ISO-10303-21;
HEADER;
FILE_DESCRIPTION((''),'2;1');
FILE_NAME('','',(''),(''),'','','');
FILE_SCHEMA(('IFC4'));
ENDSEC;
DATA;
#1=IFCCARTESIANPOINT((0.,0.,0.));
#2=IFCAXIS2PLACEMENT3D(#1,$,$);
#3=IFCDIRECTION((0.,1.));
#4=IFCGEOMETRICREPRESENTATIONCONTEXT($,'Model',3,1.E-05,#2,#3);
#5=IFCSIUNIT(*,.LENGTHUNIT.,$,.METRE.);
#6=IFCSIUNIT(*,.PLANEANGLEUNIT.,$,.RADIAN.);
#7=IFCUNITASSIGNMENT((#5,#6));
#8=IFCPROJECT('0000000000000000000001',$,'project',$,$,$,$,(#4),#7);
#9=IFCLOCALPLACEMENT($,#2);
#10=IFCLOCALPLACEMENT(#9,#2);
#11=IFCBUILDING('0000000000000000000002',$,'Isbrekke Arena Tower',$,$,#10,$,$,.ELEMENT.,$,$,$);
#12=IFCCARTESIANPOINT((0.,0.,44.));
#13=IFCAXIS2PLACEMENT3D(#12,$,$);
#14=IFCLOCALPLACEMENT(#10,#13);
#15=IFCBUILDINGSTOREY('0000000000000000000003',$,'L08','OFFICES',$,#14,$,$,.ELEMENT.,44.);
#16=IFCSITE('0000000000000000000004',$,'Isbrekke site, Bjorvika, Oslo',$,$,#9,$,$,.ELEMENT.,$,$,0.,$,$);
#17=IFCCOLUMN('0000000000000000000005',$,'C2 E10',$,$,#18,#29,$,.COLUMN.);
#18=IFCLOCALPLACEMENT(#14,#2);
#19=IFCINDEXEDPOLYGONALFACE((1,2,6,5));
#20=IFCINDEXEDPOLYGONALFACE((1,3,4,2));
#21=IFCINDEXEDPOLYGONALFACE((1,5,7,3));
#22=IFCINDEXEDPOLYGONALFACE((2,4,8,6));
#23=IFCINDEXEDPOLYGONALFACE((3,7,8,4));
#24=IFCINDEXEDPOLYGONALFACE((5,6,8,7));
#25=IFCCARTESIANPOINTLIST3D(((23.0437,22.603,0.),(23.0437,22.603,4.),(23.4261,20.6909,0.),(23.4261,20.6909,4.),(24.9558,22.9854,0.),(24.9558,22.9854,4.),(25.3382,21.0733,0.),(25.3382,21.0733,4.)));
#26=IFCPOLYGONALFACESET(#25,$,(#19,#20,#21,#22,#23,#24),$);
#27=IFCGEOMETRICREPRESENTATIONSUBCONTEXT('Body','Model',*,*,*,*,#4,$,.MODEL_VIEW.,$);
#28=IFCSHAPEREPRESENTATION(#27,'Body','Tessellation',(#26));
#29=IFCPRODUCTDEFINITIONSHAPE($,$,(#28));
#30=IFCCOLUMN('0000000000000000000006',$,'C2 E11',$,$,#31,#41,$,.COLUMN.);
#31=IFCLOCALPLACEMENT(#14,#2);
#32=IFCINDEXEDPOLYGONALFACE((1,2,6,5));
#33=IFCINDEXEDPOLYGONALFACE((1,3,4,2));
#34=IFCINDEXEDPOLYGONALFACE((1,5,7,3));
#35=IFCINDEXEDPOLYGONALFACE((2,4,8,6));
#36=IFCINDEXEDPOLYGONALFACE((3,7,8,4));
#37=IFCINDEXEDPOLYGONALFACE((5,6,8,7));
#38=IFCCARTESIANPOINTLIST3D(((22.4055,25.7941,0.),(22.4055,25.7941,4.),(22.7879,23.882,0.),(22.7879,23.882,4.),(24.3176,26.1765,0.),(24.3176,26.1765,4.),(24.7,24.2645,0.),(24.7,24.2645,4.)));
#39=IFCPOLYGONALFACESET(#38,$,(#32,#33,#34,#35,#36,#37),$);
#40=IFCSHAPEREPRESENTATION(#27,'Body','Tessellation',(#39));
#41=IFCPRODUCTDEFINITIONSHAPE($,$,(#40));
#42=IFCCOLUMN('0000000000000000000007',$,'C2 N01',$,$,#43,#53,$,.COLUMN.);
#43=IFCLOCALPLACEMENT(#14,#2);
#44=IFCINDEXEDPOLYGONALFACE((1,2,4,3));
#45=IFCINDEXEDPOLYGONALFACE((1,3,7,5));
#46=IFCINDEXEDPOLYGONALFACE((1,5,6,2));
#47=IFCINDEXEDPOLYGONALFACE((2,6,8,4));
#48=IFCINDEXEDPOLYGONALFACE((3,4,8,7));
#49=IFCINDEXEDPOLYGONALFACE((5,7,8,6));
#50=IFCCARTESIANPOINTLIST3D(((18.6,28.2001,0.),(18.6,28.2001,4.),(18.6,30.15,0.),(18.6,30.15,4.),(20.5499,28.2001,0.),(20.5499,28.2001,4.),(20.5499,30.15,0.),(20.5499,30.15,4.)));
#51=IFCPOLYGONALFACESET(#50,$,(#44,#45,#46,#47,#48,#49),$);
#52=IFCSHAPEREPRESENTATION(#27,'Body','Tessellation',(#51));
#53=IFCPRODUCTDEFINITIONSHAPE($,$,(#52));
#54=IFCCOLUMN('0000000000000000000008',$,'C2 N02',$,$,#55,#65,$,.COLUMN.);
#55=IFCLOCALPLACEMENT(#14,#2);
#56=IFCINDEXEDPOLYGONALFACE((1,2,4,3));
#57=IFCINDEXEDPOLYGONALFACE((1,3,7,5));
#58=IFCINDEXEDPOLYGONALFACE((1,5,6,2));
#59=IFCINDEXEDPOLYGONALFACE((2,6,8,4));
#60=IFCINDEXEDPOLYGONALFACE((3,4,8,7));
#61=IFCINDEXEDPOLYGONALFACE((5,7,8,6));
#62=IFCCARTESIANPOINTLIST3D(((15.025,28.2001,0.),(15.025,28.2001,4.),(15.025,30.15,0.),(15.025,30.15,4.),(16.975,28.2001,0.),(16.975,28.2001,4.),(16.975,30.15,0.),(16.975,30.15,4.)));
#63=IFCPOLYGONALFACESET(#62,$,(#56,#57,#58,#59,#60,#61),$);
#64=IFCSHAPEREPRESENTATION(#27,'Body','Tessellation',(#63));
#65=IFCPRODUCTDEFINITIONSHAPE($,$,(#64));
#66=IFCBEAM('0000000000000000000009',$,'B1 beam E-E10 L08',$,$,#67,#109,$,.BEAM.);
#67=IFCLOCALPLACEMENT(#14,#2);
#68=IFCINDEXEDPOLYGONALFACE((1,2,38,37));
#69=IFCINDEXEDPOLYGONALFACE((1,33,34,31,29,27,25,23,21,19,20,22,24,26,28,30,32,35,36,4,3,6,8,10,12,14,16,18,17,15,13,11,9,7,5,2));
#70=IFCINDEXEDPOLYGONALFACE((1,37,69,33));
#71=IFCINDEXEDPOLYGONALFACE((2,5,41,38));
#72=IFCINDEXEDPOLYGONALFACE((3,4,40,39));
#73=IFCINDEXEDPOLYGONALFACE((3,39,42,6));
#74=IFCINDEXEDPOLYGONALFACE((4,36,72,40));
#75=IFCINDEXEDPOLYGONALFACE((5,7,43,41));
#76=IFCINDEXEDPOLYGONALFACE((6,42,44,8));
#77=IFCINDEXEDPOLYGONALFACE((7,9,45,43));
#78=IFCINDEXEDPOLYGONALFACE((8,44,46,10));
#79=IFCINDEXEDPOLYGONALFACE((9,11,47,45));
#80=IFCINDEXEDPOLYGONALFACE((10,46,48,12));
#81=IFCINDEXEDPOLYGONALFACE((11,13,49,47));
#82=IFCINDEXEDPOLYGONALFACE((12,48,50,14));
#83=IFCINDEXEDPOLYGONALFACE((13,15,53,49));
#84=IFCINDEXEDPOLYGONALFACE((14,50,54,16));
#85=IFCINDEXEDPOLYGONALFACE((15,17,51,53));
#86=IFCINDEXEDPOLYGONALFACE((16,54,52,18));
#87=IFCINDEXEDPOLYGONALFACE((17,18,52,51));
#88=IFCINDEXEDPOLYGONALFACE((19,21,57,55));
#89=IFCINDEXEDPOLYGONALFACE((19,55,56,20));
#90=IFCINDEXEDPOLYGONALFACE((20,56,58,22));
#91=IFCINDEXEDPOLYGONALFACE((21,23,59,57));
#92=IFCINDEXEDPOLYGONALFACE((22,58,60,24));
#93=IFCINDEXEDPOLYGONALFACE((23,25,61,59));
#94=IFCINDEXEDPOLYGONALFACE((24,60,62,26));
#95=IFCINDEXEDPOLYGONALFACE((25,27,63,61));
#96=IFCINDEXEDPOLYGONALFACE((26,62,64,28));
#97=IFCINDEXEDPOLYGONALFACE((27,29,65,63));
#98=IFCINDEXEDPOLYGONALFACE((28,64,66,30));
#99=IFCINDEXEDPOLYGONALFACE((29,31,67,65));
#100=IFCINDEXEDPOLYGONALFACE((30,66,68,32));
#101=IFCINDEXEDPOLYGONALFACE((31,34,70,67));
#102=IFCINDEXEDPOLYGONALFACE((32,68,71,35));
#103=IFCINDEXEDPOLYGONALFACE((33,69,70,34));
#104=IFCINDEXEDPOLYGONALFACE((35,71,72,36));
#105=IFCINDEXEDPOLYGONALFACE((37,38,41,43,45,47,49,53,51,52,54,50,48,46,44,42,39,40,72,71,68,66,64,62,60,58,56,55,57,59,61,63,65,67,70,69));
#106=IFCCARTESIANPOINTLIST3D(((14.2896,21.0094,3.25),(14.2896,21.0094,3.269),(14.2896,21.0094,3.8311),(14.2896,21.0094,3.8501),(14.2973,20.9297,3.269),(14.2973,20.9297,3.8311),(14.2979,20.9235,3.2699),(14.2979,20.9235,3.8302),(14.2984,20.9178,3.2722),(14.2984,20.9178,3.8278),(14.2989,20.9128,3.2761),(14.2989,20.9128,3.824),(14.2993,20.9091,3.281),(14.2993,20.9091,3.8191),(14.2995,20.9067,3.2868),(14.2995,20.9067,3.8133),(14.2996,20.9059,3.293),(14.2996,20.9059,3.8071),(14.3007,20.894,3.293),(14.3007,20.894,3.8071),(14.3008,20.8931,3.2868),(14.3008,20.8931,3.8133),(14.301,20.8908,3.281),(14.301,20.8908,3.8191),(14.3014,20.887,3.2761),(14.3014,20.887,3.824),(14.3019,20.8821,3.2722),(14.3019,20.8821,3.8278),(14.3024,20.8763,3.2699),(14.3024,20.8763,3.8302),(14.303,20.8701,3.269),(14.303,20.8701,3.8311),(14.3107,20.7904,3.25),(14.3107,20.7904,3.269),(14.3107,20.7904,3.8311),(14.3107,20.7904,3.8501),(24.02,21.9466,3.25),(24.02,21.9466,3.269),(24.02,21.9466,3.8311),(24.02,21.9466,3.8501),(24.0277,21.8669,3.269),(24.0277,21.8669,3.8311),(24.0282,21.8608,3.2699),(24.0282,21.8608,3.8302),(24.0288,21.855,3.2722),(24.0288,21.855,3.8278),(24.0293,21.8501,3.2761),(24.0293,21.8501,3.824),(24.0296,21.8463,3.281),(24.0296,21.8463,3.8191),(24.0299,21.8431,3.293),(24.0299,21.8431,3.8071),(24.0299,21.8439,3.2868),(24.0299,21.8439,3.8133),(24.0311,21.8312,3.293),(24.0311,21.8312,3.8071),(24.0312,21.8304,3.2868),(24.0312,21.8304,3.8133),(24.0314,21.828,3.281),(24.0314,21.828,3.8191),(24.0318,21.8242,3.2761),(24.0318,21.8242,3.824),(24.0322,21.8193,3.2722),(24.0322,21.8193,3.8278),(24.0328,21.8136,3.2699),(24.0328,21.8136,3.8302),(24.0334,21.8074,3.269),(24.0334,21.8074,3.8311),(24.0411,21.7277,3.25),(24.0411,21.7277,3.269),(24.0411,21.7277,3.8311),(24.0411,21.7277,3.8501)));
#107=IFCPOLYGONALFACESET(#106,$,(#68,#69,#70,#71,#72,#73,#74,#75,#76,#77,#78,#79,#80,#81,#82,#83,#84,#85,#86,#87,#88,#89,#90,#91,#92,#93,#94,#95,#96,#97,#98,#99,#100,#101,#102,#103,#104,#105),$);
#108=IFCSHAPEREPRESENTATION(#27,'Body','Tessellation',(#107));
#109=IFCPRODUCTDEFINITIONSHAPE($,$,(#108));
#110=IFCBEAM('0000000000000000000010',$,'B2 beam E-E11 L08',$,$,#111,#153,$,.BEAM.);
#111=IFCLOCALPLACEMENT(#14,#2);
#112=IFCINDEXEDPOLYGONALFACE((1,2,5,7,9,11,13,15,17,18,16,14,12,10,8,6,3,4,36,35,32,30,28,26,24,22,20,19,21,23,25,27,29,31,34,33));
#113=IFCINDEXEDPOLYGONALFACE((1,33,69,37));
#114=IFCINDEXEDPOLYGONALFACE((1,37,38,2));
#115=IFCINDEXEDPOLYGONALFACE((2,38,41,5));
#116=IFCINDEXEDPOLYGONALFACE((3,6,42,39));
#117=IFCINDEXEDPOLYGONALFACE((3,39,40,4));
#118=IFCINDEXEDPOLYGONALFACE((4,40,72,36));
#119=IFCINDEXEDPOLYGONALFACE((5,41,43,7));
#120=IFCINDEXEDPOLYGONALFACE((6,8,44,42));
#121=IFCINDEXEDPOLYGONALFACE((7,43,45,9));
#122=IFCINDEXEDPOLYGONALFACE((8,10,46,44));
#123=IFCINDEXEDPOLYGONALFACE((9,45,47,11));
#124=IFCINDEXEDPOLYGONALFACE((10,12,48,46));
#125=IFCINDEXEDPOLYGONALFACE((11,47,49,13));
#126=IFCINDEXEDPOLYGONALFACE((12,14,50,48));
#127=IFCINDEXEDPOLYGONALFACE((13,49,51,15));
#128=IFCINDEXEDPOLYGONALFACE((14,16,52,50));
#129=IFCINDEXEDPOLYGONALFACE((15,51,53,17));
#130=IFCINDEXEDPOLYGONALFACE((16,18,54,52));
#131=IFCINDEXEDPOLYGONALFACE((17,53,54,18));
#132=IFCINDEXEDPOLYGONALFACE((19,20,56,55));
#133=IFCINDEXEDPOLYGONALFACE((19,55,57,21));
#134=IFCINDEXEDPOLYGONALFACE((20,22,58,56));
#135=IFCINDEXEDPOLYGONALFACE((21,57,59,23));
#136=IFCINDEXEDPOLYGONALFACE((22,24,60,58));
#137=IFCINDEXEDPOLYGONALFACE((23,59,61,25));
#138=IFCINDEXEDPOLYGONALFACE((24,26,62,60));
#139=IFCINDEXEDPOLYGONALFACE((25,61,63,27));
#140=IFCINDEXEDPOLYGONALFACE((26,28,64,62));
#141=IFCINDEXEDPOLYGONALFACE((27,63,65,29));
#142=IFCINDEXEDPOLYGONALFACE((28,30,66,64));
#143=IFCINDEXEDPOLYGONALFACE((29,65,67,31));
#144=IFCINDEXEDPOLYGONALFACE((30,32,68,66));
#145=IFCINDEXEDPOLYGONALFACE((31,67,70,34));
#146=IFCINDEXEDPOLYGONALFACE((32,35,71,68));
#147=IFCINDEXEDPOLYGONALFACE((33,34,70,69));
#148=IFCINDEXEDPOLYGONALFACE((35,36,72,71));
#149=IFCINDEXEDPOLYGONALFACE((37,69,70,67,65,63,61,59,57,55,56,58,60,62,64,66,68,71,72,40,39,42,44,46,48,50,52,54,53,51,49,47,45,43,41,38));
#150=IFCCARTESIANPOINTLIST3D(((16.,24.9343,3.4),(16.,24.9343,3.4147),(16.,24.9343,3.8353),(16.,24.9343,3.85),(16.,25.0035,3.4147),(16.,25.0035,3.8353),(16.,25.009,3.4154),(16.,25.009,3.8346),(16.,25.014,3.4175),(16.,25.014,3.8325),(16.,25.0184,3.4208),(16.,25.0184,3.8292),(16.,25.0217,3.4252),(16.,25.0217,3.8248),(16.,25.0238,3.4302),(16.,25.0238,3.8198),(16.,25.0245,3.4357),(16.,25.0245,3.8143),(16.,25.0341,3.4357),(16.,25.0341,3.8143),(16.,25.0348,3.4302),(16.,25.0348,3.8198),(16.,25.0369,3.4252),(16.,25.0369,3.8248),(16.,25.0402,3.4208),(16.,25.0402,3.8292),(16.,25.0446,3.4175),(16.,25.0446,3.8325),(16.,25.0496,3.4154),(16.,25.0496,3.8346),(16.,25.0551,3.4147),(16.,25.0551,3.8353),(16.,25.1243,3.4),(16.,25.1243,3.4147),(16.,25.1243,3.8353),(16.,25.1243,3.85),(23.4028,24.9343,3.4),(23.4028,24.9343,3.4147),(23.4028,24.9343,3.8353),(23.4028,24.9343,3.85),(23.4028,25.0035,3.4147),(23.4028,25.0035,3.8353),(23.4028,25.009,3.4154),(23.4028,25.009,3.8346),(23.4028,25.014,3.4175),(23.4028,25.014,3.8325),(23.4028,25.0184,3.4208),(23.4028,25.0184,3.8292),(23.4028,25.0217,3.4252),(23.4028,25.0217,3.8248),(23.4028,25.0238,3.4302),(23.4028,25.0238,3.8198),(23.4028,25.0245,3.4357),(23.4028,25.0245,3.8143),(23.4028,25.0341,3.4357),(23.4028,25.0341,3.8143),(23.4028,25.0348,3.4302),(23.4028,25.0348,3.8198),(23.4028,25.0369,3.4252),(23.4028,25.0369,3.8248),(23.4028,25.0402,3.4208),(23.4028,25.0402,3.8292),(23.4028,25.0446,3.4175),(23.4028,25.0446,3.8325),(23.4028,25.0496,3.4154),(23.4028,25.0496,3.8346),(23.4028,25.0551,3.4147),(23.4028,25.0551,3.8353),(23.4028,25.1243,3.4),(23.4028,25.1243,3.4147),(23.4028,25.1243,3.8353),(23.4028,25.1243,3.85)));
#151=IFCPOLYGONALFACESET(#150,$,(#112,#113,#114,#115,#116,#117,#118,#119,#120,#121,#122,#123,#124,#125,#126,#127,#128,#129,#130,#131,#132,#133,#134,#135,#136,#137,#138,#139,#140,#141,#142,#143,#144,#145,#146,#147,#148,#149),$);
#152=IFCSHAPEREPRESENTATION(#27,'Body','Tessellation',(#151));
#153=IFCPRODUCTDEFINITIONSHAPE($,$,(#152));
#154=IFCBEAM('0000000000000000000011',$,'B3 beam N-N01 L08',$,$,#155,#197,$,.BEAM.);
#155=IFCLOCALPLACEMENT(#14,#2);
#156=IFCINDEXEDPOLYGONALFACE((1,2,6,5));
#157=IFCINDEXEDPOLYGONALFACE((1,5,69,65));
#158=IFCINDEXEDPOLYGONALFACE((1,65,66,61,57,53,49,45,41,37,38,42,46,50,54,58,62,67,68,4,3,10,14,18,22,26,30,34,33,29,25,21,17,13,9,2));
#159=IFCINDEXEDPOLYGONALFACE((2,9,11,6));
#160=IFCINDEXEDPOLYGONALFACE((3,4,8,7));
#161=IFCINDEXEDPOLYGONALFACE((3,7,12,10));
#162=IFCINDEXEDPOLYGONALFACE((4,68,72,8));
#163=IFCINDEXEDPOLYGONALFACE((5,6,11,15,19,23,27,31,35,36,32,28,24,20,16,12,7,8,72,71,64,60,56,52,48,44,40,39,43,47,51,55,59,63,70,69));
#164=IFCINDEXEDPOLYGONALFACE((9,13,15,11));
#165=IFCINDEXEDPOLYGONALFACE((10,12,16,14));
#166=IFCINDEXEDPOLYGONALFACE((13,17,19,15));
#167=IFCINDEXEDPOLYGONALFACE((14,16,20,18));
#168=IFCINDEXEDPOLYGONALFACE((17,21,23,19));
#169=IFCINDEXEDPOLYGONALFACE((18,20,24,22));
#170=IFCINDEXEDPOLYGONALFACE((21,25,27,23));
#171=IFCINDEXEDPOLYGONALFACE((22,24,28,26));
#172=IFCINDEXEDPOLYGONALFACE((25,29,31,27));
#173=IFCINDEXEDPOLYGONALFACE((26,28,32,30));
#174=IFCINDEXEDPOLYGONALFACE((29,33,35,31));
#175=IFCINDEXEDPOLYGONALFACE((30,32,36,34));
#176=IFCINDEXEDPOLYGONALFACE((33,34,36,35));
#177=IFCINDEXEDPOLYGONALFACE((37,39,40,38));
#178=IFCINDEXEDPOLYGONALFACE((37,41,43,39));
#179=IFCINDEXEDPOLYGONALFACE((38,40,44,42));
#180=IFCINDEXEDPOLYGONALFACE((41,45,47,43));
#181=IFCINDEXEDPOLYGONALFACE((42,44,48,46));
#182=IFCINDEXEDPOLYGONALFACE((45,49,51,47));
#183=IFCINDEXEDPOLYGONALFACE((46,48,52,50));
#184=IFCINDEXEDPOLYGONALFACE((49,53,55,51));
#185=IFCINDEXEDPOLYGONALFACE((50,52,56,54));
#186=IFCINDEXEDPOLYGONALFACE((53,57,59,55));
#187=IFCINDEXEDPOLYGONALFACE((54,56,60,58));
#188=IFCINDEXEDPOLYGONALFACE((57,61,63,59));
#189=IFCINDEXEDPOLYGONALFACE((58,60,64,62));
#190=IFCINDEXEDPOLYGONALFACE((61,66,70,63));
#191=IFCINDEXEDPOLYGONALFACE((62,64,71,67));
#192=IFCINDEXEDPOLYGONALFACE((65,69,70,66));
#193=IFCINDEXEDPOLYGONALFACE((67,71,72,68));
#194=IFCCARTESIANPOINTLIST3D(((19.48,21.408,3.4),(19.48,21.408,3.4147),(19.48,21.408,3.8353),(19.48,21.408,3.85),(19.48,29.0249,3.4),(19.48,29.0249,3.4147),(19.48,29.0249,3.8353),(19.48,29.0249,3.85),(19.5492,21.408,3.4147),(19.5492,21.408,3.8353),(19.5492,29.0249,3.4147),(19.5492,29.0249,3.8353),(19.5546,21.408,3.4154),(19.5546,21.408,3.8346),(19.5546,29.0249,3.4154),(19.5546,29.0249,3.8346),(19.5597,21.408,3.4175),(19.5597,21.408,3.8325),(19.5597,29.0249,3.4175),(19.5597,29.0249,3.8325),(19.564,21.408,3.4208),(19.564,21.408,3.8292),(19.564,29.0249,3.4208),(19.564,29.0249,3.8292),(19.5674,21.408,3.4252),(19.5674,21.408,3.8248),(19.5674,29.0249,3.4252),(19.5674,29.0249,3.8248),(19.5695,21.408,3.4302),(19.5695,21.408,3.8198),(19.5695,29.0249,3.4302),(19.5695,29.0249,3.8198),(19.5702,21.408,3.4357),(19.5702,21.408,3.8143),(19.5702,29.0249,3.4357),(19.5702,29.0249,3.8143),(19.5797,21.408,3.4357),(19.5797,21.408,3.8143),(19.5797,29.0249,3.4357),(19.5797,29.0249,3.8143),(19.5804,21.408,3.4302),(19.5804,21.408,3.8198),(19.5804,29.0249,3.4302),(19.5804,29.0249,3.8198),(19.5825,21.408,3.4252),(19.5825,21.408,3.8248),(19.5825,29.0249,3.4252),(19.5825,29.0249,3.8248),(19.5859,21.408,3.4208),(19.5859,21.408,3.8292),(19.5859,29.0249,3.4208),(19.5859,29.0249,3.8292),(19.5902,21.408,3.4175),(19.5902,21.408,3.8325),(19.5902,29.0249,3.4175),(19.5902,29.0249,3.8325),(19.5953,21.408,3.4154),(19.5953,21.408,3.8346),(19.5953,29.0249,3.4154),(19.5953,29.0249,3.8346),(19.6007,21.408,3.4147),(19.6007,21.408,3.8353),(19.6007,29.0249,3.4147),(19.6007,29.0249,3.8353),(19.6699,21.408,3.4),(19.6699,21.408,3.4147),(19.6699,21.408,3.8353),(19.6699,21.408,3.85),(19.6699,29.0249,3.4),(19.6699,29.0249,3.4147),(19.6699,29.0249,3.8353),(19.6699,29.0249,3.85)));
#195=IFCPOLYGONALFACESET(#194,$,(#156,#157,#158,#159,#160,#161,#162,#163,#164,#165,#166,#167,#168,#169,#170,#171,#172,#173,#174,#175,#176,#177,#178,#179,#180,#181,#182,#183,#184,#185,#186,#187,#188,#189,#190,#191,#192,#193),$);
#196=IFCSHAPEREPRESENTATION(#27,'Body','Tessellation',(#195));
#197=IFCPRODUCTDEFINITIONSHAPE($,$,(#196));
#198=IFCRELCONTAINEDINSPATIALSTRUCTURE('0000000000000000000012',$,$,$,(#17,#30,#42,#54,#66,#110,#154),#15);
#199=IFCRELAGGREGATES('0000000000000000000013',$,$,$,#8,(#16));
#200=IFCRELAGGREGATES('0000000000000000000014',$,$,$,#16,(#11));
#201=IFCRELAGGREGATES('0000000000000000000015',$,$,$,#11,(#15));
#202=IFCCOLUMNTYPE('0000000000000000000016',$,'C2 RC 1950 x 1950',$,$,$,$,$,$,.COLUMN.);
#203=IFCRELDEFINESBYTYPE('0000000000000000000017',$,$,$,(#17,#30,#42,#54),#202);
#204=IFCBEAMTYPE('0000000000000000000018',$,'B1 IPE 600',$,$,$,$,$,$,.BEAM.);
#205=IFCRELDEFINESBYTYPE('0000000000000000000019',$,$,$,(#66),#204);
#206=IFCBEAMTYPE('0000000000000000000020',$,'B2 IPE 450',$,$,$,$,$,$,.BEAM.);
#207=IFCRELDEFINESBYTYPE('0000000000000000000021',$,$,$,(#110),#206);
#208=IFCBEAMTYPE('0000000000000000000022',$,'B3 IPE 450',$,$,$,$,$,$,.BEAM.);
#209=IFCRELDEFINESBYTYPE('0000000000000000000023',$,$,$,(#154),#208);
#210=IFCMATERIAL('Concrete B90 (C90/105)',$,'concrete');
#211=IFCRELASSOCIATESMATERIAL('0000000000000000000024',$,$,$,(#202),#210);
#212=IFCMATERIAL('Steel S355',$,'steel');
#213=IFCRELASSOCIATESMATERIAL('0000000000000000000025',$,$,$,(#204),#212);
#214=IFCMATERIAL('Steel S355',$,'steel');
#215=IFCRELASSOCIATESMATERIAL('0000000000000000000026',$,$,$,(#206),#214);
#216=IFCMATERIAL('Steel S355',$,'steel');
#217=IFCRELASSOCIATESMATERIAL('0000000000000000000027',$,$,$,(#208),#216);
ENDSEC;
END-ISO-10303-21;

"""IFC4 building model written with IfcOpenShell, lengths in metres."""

from ifc_helpers import new_model, si_unit, direction, frame, origin, origin_2d, place, context, subcontext, project, spatial, rectangle, i_section, extrude, material, material_profile, profile_set, type_object, element, save


model = new_model("IFC4")

# Units and contexts
model_context = context("Model", 3, precision=1e-05, world=origin(), true_north=direction((0.0, 1.0)))
body_context = subcontext(model_context, "Body", "Model", "MODEL_VIEW")
ifc_project = project(units=[si_unit("LENGTHUNIT", "METRE"), si_unit("PLANEANGLEUNIT", "RADIAN")], contexts=[model_context])

# Site, building, storey
site_placement = place(None, origin())
site = spatial("IfcSite", under=ifc_project, at=site_placement, Name="Isbrekke site, Bjorvika, Oslo", CompositionType="ELEMENT", RefElevation=0.0)
building_placement = place(site_placement, origin())
building = spatial("IfcBuilding", under=site, at=building_placement, Name="Isbrekke Arena Tower", CompositionType="ELEMENT")
storey_placement = place(building_placement, frame((0.0, 0.0, 44.0)))
storey = spatial("IfcBuildingStorey", under=building, at=storey_placement, Name="L08", Description="OFFICES", CompositionType="ELEMENT", Elevation=44.0)

# Columns
ifc_material_1 = material(Name="Concrete B90 (C90/105)", Category="concrete")
ifc_material_profile_1 = material_profile(ifc_material_1, rectangle(XDim=1.95, YDim=1.95, at=origin_2d()), Name="RC 1950x1950")
ifc_profile_set_1 = profile_set([ifc_material_profile_1], Name="Concrete B90 (C90/105)")
column_type = type_object("IfcColumnType", Name="C2 RC 1950 x 1950", PredefinedType="COLUMN", material=ifc_profile_set_1)
for number, where, z_axis, x_axis, name in (
    (1, (24.1909, 21.8381, 0.0), (0.0, 0.0, 1.0), (-0.196116, 0.980581, 0.0), "C2 E10"),
    (2, (23.5527, 25.0293, 0.0), (0.0, 0.0, 1.0), (-0.196116, 0.980581, 0.0), "C2 E11"),
    (3, (19.575, 29.175, 0.0), (0.0, 0.0, 1.0), (-1.0, 0.0, 0.0), "C2 N01"),
    (4, (16.0, 29.175, 0.0), (0.0, 0.0, 1.0), (-1.0, 0.0, 0.0), "C2 N02"),
):
    element("IfcColumn", number, at=place(storey_placement, frame(where, z_axis=z_axis, x_axis=x_axis)), inside=storey, type_object=column_type, Name=name, PredefinedType="COLUMN", context=body_context, shape_type="SweptSolid", body=[
        extrude(rectangle(XDim=1.95, YDim=1.95, at=origin_2d()), origin(), (0.0, 0.0, 1.0), 4.0),
    ])

# Beams
ifc_material_2 = material(Name="Steel S355", Category="steel")
ifc_material_profile_2 = material_profile(ifc_material_2, i_section(OverallWidth=0.22, OverallDepth=0.6001, WebThickness=0.012, FlangeThickness=0.019, FilletRadius=0.0239, at=origin_2d()), Name="IPE 600")
ifc_profile_set_2 = profile_set([ifc_material_profile_2], Name="Steel S355")
beam_type_1 = type_object("IfcBeamType", Name="B1 IPE 600", PredefinedType="BEAM", material=ifc_profile_set_2)
beam_1_placement = place(storey_placement, frame((24.0305, 21.8372, 3.55), z_axis=(-0.995393, -0.095878, 0.0), x_axis=(0.095878, -0.995393, 0.0)))
element("IfcBeam", 5, at=beam_1_placement, inside=storey, type_object=beam_type_1, Name="B1 beam E-E10 L08", PredefinedType="BEAM", context=body_context, shape_type="SweptSolid", body=[
    extrude(i_section(OverallWidth=0.22, OverallDepth=0.6001, WebThickness=0.012, FlangeThickness=0.019, FilletRadius=0.0239, at=origin_2d()), origin(), (0.0, 0.0, 1.0), 9.7754),
])
ifc_material_3 = material(Name="Steel S355", Category="steel")
ifc_material_profile_3 = material_profile(ifc_material_3, i_section(OverallWidth=0.1899, OverallDepth=0.45, WebThickness=0.0095, FlangeThickness=0.0146, FilletRadius=0.021, at=origin_2d()), Name="IPE 450")
ifc_profile_set_3 = profile_set([ifc_material_profile_3], Name="Steel S355")
beam_type_2 = type_object("IfcBeamType", Name="B2 IPE 450", PredefinedType="BEAM", material=ifc_profile_set_3)
beam_2_placement = place(storey_placement, frame((23.4028, 25.0293, 3.625), z_axis=(-1.0, 0.0, 0.0), x_axis=(0.0, -1.0, 0.0)))
element("IfcBeam", 6, at=beam_2_placement, inside=storey, type_object=beam_type_2, Name="B2 beam E-E11 L08", PredefinedType="BEAM", context=body_context, shape_type="SweptSolid", body=[
    extrude(i_section(OverallWidth=0.1899, OverallDepth=0.45, WebThickness=0.0095, FlangeThickness=0.0146, FilletRadius=0.021, at=origin_2d()), origin(), (0.0, 0.0, 1.0), 7.4028),
])
ifc_material_4 = material(Name="Steel S355", Category="steel")
ifc_material_profile_4 = material_profile(ifc_material_4, i_section(OverallWidth=0.1899, OverallDepth=0.45, WebThickness=0.0095, FlangeThickness=0.0146, FilletRadius=0.021, at=origin_2d()), Name="IPE 450")
ifc_profile_set_4 = profile_set([ifc_material_profile_4], Name="Steel S355")
beam_type_3 = type_object("IfcBeamType", Name="B3 IPE 450", PredefinedType="BEAM", material=ifc_profile_set_4)
beam_3_placement = place(storey_placement, frame((19.575, 29.0249, 3.625), z_axis=(0.0, -1.0, 0.0), x_axis=(1.0, 0.0, 0.0)))
element("IfcBeam", 7, at=beam_3_placement, inside=storey, type_object=beam_type_3, Name="B3 beam N-N01 L08", PredefinedType="BEAM", context=body_context, shape_type="SweptSolid", body=[
    extrude(i_section(OverallWidth=0.1899, OverallDepth=0.45, WebThickness=0.0095, FlangeThickness=0.0146, FilletRadius=0.021, at=origin_2d()), origin(), (0.0, 0.0, 1.0), 7.6169),
])

save(model, "model.ifc")
